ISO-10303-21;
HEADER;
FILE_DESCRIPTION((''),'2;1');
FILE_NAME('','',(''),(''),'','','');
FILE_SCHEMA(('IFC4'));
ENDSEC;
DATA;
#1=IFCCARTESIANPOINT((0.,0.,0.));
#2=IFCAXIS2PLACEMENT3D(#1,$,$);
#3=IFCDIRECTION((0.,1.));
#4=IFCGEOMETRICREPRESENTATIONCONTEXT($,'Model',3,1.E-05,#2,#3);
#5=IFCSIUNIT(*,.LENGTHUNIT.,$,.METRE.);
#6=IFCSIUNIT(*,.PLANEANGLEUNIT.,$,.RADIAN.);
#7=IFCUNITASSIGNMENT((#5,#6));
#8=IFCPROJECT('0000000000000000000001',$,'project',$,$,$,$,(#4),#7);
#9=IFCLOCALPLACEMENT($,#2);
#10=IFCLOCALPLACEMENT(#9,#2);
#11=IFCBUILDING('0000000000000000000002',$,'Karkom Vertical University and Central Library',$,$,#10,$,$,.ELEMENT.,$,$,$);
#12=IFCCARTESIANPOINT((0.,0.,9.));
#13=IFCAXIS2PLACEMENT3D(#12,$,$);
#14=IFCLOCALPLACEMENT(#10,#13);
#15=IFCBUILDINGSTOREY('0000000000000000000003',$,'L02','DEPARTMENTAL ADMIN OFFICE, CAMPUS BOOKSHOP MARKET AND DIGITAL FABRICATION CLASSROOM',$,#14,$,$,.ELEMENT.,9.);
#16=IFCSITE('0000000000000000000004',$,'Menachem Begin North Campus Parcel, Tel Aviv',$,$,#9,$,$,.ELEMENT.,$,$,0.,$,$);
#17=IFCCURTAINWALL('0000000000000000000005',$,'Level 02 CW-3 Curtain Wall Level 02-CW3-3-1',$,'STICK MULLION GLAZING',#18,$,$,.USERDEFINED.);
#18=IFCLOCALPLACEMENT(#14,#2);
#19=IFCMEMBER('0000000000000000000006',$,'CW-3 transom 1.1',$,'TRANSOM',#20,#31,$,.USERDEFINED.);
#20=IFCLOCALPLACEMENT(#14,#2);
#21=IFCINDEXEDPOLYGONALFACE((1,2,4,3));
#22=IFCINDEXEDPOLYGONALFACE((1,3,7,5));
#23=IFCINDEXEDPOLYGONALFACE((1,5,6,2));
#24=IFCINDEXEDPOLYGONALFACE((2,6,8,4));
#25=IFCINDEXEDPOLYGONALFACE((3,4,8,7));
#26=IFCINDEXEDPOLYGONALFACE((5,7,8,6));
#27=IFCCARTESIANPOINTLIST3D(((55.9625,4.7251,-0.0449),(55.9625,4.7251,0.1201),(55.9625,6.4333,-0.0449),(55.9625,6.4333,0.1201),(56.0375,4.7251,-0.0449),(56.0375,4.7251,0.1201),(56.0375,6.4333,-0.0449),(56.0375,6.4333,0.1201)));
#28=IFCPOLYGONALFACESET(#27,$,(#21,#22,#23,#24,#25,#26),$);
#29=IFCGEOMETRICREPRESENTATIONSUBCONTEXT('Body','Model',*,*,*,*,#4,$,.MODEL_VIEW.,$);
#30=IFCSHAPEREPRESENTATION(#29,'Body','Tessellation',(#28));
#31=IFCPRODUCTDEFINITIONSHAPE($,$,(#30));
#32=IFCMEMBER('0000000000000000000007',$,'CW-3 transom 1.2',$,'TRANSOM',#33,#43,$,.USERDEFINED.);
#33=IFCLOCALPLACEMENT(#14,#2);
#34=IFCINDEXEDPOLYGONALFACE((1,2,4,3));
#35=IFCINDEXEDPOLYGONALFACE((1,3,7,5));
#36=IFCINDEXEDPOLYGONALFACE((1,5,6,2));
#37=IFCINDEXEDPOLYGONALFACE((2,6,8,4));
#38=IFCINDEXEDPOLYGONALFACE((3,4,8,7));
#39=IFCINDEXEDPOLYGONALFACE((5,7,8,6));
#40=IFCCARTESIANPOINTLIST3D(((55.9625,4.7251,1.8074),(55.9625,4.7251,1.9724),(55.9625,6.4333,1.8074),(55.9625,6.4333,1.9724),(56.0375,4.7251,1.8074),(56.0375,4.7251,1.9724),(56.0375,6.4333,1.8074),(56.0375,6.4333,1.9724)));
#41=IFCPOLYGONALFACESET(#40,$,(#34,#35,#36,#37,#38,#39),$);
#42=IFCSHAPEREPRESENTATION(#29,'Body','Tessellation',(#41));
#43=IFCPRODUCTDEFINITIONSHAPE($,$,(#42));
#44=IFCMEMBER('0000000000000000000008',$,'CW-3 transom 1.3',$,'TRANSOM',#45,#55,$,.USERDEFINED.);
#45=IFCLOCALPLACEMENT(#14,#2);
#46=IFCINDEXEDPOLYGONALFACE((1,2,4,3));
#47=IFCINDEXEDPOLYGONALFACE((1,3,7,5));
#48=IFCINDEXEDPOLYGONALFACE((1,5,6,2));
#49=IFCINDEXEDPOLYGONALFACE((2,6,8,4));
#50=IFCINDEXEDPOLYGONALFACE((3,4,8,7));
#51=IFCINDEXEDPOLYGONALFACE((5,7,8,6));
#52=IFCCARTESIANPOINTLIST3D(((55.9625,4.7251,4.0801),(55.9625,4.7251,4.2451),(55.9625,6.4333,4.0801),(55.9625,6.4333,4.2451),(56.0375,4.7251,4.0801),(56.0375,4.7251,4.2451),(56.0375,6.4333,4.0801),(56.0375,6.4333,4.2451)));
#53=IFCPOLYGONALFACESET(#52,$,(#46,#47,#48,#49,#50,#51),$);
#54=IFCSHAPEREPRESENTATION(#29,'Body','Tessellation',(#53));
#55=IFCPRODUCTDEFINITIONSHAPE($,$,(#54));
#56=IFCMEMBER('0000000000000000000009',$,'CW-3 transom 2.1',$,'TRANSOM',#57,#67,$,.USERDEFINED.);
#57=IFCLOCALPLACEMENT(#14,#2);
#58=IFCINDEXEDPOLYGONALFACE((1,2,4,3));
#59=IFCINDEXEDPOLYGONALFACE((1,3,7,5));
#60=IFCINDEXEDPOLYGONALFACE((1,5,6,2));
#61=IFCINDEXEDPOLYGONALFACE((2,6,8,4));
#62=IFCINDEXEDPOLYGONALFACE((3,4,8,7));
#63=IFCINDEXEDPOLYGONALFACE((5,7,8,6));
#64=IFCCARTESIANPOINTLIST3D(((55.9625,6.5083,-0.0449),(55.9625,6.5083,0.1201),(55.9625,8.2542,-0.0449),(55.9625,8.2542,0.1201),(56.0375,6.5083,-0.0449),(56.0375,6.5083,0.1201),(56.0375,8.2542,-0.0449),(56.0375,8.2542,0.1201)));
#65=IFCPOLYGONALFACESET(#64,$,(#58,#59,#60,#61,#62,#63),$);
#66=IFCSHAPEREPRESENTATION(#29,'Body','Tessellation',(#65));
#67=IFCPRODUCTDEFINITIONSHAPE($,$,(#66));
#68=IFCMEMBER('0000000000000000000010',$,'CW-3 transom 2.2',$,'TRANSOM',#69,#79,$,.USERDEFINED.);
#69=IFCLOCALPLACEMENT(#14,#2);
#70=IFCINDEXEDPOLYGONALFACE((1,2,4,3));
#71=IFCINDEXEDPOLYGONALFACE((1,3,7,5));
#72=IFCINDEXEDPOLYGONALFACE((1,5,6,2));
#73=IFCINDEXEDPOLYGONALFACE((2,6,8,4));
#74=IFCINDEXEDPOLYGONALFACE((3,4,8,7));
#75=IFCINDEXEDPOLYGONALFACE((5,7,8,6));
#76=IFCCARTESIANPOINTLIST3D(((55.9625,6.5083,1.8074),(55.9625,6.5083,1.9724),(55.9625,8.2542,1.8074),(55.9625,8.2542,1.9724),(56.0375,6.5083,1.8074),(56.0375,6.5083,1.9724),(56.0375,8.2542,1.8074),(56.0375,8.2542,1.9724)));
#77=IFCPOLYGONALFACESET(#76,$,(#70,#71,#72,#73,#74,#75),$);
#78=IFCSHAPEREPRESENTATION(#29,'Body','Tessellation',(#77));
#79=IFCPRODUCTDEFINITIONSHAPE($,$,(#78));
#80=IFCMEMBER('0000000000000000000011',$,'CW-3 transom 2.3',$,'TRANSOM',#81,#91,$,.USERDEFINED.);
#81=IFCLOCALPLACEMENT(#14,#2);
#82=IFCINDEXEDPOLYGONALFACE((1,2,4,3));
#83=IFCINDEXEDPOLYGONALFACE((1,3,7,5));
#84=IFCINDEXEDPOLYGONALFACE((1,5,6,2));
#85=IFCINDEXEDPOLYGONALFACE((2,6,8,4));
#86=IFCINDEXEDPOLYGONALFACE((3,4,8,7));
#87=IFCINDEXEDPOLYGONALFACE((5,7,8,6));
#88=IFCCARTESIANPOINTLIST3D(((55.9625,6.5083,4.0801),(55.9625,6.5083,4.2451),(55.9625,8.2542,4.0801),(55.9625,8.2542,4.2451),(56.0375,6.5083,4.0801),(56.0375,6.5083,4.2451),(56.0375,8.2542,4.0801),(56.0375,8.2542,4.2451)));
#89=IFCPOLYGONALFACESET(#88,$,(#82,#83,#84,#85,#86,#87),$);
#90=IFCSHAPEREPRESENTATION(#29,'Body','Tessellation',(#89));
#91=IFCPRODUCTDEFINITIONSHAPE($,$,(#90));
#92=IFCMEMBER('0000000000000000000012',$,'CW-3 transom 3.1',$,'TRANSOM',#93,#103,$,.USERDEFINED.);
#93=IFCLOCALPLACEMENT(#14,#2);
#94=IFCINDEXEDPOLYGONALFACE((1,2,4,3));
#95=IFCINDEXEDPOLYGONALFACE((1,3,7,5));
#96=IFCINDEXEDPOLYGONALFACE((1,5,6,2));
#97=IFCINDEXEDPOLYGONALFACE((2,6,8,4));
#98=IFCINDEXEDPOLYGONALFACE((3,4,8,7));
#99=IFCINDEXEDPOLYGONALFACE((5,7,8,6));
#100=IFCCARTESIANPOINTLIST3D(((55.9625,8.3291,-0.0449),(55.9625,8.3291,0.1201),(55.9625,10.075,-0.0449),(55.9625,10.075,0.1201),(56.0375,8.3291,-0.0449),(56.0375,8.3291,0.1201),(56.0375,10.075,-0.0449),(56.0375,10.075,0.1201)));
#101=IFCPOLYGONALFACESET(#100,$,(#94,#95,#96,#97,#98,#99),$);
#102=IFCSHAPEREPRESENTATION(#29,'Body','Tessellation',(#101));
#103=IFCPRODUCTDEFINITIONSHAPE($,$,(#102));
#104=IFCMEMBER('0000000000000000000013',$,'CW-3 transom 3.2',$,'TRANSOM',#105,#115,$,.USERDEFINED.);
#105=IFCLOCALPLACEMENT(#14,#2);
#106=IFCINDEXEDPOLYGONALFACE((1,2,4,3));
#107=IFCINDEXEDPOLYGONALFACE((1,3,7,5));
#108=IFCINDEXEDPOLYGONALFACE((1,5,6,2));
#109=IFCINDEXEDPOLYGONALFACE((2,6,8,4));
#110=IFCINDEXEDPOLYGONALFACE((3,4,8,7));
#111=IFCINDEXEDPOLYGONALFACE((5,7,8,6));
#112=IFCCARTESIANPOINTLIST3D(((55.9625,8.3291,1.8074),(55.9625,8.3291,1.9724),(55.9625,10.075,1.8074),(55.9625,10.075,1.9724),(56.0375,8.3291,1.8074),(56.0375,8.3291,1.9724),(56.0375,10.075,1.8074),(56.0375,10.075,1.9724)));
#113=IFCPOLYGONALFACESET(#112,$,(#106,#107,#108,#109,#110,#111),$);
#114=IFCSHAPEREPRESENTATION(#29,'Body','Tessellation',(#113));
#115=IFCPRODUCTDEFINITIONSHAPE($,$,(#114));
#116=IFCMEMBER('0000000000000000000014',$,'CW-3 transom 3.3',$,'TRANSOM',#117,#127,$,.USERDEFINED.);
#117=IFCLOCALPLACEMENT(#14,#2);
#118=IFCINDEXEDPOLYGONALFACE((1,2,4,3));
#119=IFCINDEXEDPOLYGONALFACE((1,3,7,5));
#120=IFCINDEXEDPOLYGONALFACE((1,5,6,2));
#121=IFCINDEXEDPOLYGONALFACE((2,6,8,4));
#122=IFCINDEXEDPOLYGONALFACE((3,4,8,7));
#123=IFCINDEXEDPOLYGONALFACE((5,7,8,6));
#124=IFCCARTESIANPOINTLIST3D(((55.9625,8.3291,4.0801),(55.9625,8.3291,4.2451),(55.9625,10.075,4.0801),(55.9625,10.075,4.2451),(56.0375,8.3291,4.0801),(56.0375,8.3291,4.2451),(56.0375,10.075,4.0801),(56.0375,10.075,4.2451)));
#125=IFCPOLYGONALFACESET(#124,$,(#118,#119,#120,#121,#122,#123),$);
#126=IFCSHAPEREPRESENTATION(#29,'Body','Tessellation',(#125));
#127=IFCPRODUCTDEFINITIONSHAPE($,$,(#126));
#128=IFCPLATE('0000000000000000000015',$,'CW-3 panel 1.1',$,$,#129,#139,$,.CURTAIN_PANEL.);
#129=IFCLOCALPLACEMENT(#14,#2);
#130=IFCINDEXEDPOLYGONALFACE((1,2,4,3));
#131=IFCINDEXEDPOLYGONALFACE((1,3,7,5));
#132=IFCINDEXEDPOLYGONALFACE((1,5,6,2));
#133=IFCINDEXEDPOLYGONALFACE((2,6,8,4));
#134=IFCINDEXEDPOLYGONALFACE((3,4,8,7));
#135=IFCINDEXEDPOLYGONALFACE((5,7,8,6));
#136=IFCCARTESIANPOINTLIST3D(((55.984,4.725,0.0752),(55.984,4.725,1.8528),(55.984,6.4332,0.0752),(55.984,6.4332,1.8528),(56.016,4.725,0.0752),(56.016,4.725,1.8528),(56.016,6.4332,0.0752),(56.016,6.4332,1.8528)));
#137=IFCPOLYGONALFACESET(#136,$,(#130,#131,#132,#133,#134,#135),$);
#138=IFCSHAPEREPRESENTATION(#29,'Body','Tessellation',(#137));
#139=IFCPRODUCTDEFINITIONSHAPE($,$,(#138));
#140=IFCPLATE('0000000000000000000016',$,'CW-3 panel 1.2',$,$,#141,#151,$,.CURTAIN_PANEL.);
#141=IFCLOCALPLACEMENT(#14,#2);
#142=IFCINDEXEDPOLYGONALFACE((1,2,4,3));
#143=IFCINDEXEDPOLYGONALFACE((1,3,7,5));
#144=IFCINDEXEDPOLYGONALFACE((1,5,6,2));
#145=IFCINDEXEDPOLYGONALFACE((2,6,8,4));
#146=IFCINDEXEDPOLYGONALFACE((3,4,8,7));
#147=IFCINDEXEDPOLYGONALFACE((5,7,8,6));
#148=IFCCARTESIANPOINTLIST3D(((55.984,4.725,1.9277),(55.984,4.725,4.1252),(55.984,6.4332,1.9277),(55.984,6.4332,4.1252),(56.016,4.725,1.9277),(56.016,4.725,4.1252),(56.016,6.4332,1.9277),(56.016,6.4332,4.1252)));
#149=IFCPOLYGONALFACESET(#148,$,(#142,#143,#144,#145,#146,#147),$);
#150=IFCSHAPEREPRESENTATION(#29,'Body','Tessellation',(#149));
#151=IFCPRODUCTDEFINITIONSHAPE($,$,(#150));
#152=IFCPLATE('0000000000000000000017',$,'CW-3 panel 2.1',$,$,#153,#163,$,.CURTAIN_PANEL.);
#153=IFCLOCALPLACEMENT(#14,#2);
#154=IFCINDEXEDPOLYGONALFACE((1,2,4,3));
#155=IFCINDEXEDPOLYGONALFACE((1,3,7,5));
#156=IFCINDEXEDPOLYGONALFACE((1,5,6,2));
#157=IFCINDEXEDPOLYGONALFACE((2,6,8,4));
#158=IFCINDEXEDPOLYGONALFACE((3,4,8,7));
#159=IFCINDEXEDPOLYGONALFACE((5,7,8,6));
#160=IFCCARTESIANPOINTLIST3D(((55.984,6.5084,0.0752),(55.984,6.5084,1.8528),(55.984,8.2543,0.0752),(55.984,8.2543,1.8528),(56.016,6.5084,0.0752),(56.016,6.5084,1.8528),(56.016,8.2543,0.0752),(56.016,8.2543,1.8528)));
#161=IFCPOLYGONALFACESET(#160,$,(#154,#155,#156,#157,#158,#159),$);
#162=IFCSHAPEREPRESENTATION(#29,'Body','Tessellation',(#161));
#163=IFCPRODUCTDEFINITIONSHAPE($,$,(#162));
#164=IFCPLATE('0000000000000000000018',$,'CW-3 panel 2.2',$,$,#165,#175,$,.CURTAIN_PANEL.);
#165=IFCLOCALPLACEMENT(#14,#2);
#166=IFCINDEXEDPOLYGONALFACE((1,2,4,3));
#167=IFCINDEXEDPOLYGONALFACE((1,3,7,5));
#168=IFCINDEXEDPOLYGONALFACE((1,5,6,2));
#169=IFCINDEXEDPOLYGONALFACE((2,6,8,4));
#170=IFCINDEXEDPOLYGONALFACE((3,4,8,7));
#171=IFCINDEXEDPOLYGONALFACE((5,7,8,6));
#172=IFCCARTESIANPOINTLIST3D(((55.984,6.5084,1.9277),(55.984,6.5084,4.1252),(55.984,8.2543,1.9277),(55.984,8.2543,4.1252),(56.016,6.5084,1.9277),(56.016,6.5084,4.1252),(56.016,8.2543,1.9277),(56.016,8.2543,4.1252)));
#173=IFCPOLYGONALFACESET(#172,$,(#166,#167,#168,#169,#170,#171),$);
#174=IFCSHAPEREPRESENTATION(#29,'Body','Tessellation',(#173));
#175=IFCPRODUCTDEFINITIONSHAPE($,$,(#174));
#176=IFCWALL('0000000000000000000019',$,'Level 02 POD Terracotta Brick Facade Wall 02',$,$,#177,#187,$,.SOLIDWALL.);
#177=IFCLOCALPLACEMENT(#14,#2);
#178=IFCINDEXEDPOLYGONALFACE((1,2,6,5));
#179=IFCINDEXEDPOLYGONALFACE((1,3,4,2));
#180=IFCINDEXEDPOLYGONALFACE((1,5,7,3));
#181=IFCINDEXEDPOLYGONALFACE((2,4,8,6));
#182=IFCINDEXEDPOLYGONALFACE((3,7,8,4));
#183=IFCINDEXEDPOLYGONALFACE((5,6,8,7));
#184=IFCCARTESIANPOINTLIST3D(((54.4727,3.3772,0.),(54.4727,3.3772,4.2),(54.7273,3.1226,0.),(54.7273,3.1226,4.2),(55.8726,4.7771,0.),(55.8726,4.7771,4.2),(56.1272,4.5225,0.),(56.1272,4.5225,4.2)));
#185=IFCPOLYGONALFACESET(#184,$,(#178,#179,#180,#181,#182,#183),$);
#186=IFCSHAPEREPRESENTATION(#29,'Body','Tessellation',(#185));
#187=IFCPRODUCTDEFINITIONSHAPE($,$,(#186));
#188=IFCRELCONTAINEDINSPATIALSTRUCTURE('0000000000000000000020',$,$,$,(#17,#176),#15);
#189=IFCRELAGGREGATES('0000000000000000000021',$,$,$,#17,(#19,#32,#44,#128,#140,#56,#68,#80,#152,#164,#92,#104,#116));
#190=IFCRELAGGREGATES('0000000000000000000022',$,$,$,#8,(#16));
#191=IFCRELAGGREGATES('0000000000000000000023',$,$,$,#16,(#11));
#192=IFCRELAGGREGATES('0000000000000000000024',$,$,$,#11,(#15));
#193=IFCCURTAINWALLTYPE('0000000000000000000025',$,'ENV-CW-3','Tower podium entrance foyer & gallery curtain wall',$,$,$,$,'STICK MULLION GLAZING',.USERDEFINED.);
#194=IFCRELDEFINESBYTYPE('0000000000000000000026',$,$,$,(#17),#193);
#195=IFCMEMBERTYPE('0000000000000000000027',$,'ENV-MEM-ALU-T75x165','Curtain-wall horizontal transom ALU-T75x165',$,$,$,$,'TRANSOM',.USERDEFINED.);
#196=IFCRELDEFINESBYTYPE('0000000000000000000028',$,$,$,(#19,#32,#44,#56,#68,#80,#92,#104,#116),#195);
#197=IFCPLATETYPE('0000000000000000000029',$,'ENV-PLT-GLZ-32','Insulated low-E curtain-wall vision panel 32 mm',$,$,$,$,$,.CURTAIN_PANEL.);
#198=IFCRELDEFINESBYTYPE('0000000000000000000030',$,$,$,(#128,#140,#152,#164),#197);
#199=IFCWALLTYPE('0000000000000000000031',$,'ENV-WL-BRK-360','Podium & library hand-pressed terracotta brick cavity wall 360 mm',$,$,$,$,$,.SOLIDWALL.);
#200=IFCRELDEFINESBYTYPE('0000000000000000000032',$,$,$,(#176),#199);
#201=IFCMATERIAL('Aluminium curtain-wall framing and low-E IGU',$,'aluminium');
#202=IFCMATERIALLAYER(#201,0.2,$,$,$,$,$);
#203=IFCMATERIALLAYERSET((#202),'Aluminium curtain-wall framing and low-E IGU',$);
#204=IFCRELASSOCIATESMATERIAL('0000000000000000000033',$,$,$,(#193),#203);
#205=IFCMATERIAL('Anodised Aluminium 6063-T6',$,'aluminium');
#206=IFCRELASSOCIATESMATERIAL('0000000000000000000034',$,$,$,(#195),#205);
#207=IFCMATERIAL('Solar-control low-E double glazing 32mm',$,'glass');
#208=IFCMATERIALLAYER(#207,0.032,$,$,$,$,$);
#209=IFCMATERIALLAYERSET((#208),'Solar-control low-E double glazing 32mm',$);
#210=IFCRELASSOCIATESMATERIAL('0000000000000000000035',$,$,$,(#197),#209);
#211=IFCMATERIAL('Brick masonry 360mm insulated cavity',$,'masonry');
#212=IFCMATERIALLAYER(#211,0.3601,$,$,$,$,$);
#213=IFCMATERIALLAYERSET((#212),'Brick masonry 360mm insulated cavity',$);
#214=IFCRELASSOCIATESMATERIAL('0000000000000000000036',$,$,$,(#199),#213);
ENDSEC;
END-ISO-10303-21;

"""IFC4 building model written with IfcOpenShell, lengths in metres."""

from ifc_helpers import new_model, si_unit, direction, frame, frame_2d, origin, origin_with_axes, origin_2d, place, context, subcontext, project, spatial, rectangle, extrude, source, transform, mapped, material, layer, layer_set, material_profile, profile_set, type_object, element, aggregate, save


model = new_model("IFC4")

# Units and contexts
model_context = context("Model", 3, precision=1e-05, world=origin(), true_north=direction((0.0, 1.0)))
body_context = subcontext(model_context, "Body", "Model", "MODEL_VIEW")
ifc_project = project(units=[si_unit("LENGTHUNIT", "METRE"), si_unit("PLANEANGLEUNIT", "RADIAN")], contexts=[model_context])

# Site, building, storey
site_placement = place(None, origin())
site = spatial("IfcSite", under=ifc_project, at=site_placement, Name="Menachem Begin North Campus Parcel, Tel Aviv", CompositionType="ELEMENT", RefElevation=0.0)
building_placement = place(site_placement, origin())
building = spatial("IfcBuilding", under=site, at=building_placement, Name="Karkom Vertical University and Central Library", CompositionType="ELEMENT")
storey_placement = place(building_placement, frame((0.0, 0.0, 9.0)))
storey = spatial("IfcBuildingStorey", under=building, at=storey_placement, Name="L02", Description="DEPARTMENTAL ADMIN OFFICE, CAMPUS BOOKSHOP MARKET AND DIGITAL FABRICATION CLASSROOM", CompositionType="ELEMENT", Elevation=9.0)

# Curtain wall, members, plates
ifc_material_1 = material(Name="Aluminium curtain-wall framing and low-E IGU", Category="aluminium")
ifc_layer_1 = layer(ifc_material_1, 0.2)
ifc_layer_set_1 = layer_set([ifc_layer_1], Name="Aluminium curtain-wall framing and low-E IGU")
curtain_wall_type = type_object("IfcCurtainWallType", Name="ENV-CW-3", Description="Tower podium entrance foyer & gallery curtain wall", ElementType="STICK MULLION GLAZING", PredefinedType="USERDEFINED", material=ifc_layer_set_1)
curtain_wall_placement = place(storey_placement, origin())
curtain_wall = element("IfcCurtainWall", 1, at=curtain_wall_placement, inside=storey, type_object=curtain_wall_type, Name="Level 02 CW-3 Curtain Wall Level 02-CW3-3-1", ObjectType="STICK MULLION GLAZING", PredefinedType="USERDEFINED")
ifc_material_2 = material(Name="Anodised Aluminium 6063-T6", Category="aluminium")
ifc_material_profile_1 = material_profile(ifc_material_2, rectangle(XDim=0.075, YDim=0.165, at=origin_2d()), Name="ALU-T75x165")
ifc_profile_set_1 = profile_set([ifc_material_profile_1], Name="Anodised Aluminium 6063-T6")
member_type_1 = type_object("IfcMemberType", Name="ENV-MEM-ALU-T75x165", Description="Curtain-wall horizontal transom ALU-T75x165", ElementType="TRANSOM", PredefinedType="USERDEFINED", material=ifc_profile_set_1)
shared_shape_1 = source(origin_with_axes(), body_context, "Body", "SweptSolid", [
    extrude(rectangle(XDim=0.075, YDim=0.165, at=origin_2d()), origin(), (0.0, 0.0, 1.0), 1.7083),
])
member_1_placement = place(storey_placement, frame((56.0, 4.7251, 0.0376), z_axis=(0.0, 1.0, 0.0), x_axis=(-1.0, 0.0, 0.0)))
member_1 = element("IfcMember", 2, at=member_1_placement, type_object=member_type_1, Name="CW-3 transom 1.1", ObjectType="TRANSOM", PredefinedType="USERDEFINED", context=body_context, shape_type="MappedRepresentation", body=[
    mapped(shared_shape_1, transform((0.0, 0.0, 0.0), scale=1.0)),
])
member_2_placement = place(storey_placement, frame((56.0, 4.7251, 1.8899), z_axis=(0.0, 1.0, 0.0), x_axis=(-1.0, 0.0, 0.0)))
member_2 = element("IfcMember", 3, at=member_2_placement, type_object=member_type_1, Name="CW-3 transom 1.2", ObjectType="TRANSOM", PredefinedType="USERDEFINED", context=body_context, shape_type="MappedRepresentation", body=[
    mapped(shared_shape_1, transform((0.0, 0.0, 0.0), scale=1.0)),
])
member_3_placement = place(storey_placement, frame((56.0, 4.7251, 4.1626), z_axis=(0.0, 1.0, 0.0), x_axis=(-1.0, 0.0, 0.0)))
member_3 = element("IfcMember", 4, at=member_3_placement, type_object=member_type_1, Name="CW-3 transom 1.3", ObjectType="TRANSOM", PredefinedType="USERDEFINED", context=body_context, shape_type="MappedRepresentation", body=[
    mapped(shared_shape_1, transform((0.0, 0.0, 0.0), scale=1.0)),
])
shared_shape_2 = source(origin_with_axes(), body_context, "Body", "SweptSolid", [
    extrude(rectangle(XDim=0.075, YDim=0.165, at=origin_2d()), origin(), (0.0, 0.0, 1.0), 1.7458),
])
member_4_placement = place(storey_placement, frame((56.0, 6.5083, 0.0376), z_axis=(0.0, 1.0, 0.0), x_axis=(-1.0, 0.0, 0.0)))
member_4 = element("IfcMember", 5, at=member_4_placement, type_object=member_type_1, Name="CW-3 transom 2.1", ObjectType="TRANSOM", PredefinedType="USERDEFINED", context=body_context, shape_type="MappedRepresentation", body=[
    mapped(shared_shape_2, transform((0.0, 0.0, 0.0), scale=1.0)),
])
member_5_placement = place(storey_placement, frame((56.0, 6.5083, 1.8899), z_axis=(0.0, 1.0, 0.0), x_axis=(-1.0, 0.0, 0.0)))
member_5 = element("IfcMember", 6, at=member_5_placement, type_object=member_type_1, Name="CW-3 transom 2.2", ObjectType="TRANSOM", PredefinedType="USERDEFINED", context=body_context, shape_type="MappedRepresentation", body=[
    mapped(shared_shape_2, transform((0.0, 0.0, 0.0), scale=1.0)),
])
member_6_placement = place(storey_placement, frame((56.0, 6.5083, 4.1626), z_axis=(0.0, 1.0, 0.0), x_axis=(-1.0, 0.0, 0.0)))
member_6 = element("IfcMember", 7, at=member_6_placement, type_object=member_type_1, Name="CW-3 transom 2.3", ObjectType="TRANSOM", PredefinedType="USERDEFINED", context=body_context, shape_type="MappedRepresentation", body=[
    mapped(shared_shape_2, transform((0.0, 0.0, 0.0), scale=1.0)),
])
member_7_placement = place(storey_placement, frame((56.0, 8.3291, 0.0376), z_axis=(0.0, 1.0, 0.0), x_axis=(-1.0, 0.0, 0.0)))
member_7 = element("IfcMember", 8, at=member_7_placement, type_object=member_type_1, Name="CW-3 transom 3.1", ObjectType="TRANSOM", PredefinedType="USERDEFINED", context=body_context, shape_type="MappedRepresentation", body=[
    mapped(shared_shape_2, transform((0.0, 0.0, 0.0), scale=1.0)),
])
member_8_placement = place(storey_placement, frame((56.0, 8.3291, 1.8899), z_axis=(0.0, 1.0, 0.0), x_axis=(-1.0, 0.0, 0.0)))
member_8 = element("IfcMember", 9, at=member_8_placement, type_object=member_type_1, Name="CW-3 transom 3.2", ObjectType="TRANSOM", PredefinedType="USERDEFINED", context=body_context, shape_type="MappedRepresentation", body=[
    mapped(shared_shape_2, transform((0.0, 0.0, 0.0), scale=1.0)),
])
member_9_placement = place(storey_placement, frame((56.0, 8.3291, 4.1626), z_axis=(0.0, 1.0, 0.0), x_axis=(-1.0, 0.0, 0.0)))
member_9 = element("IfcMember", 10, at=member_9_placement, type_object=member_type_1, Name="CW-3 transom 3.3", ObjectType="TRANSOM", PredefinedType="USERDEFINED", context=body_context, shape_type="MappedRepresentation", body=[
    mapped(shared_shape_2, transform((0.0, 0.0, 0.0), scale=1.0)),
])
ifc_material_3 = material(Name="Solar-control low-E double glazing 32mm", Category="glass")
ifc_layer_2 = layer(ifc_material_3, 0.032)
ifc_layer_set_2 = layer_set([ifc_layer_2], Name="Solar-control low-E double glazing 32mm")
plate_type = type_object("IfcPlateType", Name="ENV-PLT-GLZ-32", Description="Insulated low-E curtain-wall vision panel 32 mm", PredefinedType="CURTAIN_PANEL", material=ifc_layer_set_2)
shared_shape_3 = source(origin_with_axes(), body_context, "Body", "SweptSolid", [
    extrude(rectangle(XDim=1.7083, YDim=0.032, at=origin_2d()), origin(), (0.0, 0.0, 1.0), 1.7776),
])
plate_1_placement = place(storey_placement, frame((56.0, 5.5791, 0.0752), z_axis=(0.0, 0.0, 1.0), x_axis=(0.0, 1.0, 0.0)))
plate_1 = element("IfcPlate", 11, at=plate_1_placement, type_object=plate_type, Name="CW-3 panel 1.1", PredefinedType="CURTAIN_PANEL", context=body_context, shape_type="MappedRepresentation", body=[
    mapped(shared_shape_3, transform((0.0, 0.0, 0.0), scale=1.0)),
])
shared_shape_4 = source(origin_with_axes(), body_context, "Body", "SweptSolid", [
    extrude(rectangle(XDim=1.7083, YDim=0.032, at=origin_2d()), origin(), (0.0, 0.0, 1.0), 2.1975),
])
plate_2_placement = place(storey_placement, frame((56.0, 5.5791, 1.9277), z_axis=(0.0, 0.0, 1.0), x_axis=(0.0, 1.0, 0.0)))
plate_2 = element("IfcPlate", 12, at=plate_2_placement, type_object=plate_type, Name="CW-3 panel 1.2", PredefinedType="CURTAIN_PANEL", context=body_context, shape_type="MappedRepresentation", body=[
    mapped(shared_shape_4, transform((0.0, 0.0, 0.0), scale=1.0)),
])
shared_shape_5 = source(origin_with_axes(), body_context, "Body", "SweptSolid", [
    extrude(rectangle(XDim=1.7458, YDim=0.032, at=origin_2d()), origin(), (0.0, 0.0, 1.0), 1.7776),
])
plate_3_placement = place(storey_placement, frame((56.0, 7.3813, 0.0752), z_axis=(0.0, 0.0, 1.0), x_axis=(0.0, 1.0, 0.0)))
plate_3 = element("IfcPlate", 13, at=plate_3_placement, type_object=plate_type, Name="CW-3 panel 2.1", PredefinedType="CURTAIN_PANEL", context=body_context, shape_type="MappedRepresentation", body=[
    mapped(shared_shape_5, transform((0.0, 0.0, 0.0), scale=1.0)),
])
shared_shape_6 = source(origin_with_axes(), body_context, "Body", "SweptSolid", [
    extrude(rectangle(XDim=1.7458, YDim=0.032, at=origin_2d()), origin(), (0.0, 0.0, 1.0), 2.1975),
])
plate_4_placement = place(storey_placement, frame((56.0, 7.3813, 1.9277), z_axis=(0.0, 0.0, 1.0), x_axis=(0.0, 1.0, 0.0)))
plate_4 = element("IfcPlate", 14, at=plate_4_placement, type_object=plate_type, Name="CW-3 panel 2.2", PredefinedType="CURTAIN_PANEL", context=body_context, shape_type="MappedRepresentation", body=[
    mapped(shared_shape_6, transform((0.0, 0.0, 0.0), scale=1.0)),
])
aggregate(curtain_wall, [member_1, member_2, member_3, plate_1, plate_2, member_4, member_5, member_6, plate_3, plate_4, member_7, member_8, member_9])

# Wall
ifc_material_4 = material(Name="Brick masonry 360mm insulated cavity", Category="masonry")
ifc_layer_3 = layer(ifc_material_4, 0.3601)
ifc_layer_set_3 = layer_set([ifc_layer_3], Name="Brick masonry 360mm insulated cavity")
wall_type_1 = type_object("IfcWallType", Name="ENV-WL-BRK-360", Description="Podium & library hand-pressed terracotta brick cavity wall 360 mm", PredefinedType="SOLIDWALL", material=ifc_layer_set_3)
wall_1_placement = place(storey_placement, frame((54.6001, 3.25, 0.0), z_axis=(0.0, 0.0, 1.0), x_axis=(0.707107, 0.707107, 0.0)))
element("IfcWall", 15, at=wall_1_placement, inside=storey, type_object=wall_type_1, Name="Level 02 POD Terracotta Brick Facade Wall 02", PredefinedType="SOLIDWALL", context=body_context, shape_type="SweptSolid", body=[
    extrude(rectangle(XDim=1.9797, YDim=0.3601, at=frame_2d((0.9897, 0.0))), origin(), (0.0, 0.0, 1.0), 4.2),
])

save(model, "model.ifc")
